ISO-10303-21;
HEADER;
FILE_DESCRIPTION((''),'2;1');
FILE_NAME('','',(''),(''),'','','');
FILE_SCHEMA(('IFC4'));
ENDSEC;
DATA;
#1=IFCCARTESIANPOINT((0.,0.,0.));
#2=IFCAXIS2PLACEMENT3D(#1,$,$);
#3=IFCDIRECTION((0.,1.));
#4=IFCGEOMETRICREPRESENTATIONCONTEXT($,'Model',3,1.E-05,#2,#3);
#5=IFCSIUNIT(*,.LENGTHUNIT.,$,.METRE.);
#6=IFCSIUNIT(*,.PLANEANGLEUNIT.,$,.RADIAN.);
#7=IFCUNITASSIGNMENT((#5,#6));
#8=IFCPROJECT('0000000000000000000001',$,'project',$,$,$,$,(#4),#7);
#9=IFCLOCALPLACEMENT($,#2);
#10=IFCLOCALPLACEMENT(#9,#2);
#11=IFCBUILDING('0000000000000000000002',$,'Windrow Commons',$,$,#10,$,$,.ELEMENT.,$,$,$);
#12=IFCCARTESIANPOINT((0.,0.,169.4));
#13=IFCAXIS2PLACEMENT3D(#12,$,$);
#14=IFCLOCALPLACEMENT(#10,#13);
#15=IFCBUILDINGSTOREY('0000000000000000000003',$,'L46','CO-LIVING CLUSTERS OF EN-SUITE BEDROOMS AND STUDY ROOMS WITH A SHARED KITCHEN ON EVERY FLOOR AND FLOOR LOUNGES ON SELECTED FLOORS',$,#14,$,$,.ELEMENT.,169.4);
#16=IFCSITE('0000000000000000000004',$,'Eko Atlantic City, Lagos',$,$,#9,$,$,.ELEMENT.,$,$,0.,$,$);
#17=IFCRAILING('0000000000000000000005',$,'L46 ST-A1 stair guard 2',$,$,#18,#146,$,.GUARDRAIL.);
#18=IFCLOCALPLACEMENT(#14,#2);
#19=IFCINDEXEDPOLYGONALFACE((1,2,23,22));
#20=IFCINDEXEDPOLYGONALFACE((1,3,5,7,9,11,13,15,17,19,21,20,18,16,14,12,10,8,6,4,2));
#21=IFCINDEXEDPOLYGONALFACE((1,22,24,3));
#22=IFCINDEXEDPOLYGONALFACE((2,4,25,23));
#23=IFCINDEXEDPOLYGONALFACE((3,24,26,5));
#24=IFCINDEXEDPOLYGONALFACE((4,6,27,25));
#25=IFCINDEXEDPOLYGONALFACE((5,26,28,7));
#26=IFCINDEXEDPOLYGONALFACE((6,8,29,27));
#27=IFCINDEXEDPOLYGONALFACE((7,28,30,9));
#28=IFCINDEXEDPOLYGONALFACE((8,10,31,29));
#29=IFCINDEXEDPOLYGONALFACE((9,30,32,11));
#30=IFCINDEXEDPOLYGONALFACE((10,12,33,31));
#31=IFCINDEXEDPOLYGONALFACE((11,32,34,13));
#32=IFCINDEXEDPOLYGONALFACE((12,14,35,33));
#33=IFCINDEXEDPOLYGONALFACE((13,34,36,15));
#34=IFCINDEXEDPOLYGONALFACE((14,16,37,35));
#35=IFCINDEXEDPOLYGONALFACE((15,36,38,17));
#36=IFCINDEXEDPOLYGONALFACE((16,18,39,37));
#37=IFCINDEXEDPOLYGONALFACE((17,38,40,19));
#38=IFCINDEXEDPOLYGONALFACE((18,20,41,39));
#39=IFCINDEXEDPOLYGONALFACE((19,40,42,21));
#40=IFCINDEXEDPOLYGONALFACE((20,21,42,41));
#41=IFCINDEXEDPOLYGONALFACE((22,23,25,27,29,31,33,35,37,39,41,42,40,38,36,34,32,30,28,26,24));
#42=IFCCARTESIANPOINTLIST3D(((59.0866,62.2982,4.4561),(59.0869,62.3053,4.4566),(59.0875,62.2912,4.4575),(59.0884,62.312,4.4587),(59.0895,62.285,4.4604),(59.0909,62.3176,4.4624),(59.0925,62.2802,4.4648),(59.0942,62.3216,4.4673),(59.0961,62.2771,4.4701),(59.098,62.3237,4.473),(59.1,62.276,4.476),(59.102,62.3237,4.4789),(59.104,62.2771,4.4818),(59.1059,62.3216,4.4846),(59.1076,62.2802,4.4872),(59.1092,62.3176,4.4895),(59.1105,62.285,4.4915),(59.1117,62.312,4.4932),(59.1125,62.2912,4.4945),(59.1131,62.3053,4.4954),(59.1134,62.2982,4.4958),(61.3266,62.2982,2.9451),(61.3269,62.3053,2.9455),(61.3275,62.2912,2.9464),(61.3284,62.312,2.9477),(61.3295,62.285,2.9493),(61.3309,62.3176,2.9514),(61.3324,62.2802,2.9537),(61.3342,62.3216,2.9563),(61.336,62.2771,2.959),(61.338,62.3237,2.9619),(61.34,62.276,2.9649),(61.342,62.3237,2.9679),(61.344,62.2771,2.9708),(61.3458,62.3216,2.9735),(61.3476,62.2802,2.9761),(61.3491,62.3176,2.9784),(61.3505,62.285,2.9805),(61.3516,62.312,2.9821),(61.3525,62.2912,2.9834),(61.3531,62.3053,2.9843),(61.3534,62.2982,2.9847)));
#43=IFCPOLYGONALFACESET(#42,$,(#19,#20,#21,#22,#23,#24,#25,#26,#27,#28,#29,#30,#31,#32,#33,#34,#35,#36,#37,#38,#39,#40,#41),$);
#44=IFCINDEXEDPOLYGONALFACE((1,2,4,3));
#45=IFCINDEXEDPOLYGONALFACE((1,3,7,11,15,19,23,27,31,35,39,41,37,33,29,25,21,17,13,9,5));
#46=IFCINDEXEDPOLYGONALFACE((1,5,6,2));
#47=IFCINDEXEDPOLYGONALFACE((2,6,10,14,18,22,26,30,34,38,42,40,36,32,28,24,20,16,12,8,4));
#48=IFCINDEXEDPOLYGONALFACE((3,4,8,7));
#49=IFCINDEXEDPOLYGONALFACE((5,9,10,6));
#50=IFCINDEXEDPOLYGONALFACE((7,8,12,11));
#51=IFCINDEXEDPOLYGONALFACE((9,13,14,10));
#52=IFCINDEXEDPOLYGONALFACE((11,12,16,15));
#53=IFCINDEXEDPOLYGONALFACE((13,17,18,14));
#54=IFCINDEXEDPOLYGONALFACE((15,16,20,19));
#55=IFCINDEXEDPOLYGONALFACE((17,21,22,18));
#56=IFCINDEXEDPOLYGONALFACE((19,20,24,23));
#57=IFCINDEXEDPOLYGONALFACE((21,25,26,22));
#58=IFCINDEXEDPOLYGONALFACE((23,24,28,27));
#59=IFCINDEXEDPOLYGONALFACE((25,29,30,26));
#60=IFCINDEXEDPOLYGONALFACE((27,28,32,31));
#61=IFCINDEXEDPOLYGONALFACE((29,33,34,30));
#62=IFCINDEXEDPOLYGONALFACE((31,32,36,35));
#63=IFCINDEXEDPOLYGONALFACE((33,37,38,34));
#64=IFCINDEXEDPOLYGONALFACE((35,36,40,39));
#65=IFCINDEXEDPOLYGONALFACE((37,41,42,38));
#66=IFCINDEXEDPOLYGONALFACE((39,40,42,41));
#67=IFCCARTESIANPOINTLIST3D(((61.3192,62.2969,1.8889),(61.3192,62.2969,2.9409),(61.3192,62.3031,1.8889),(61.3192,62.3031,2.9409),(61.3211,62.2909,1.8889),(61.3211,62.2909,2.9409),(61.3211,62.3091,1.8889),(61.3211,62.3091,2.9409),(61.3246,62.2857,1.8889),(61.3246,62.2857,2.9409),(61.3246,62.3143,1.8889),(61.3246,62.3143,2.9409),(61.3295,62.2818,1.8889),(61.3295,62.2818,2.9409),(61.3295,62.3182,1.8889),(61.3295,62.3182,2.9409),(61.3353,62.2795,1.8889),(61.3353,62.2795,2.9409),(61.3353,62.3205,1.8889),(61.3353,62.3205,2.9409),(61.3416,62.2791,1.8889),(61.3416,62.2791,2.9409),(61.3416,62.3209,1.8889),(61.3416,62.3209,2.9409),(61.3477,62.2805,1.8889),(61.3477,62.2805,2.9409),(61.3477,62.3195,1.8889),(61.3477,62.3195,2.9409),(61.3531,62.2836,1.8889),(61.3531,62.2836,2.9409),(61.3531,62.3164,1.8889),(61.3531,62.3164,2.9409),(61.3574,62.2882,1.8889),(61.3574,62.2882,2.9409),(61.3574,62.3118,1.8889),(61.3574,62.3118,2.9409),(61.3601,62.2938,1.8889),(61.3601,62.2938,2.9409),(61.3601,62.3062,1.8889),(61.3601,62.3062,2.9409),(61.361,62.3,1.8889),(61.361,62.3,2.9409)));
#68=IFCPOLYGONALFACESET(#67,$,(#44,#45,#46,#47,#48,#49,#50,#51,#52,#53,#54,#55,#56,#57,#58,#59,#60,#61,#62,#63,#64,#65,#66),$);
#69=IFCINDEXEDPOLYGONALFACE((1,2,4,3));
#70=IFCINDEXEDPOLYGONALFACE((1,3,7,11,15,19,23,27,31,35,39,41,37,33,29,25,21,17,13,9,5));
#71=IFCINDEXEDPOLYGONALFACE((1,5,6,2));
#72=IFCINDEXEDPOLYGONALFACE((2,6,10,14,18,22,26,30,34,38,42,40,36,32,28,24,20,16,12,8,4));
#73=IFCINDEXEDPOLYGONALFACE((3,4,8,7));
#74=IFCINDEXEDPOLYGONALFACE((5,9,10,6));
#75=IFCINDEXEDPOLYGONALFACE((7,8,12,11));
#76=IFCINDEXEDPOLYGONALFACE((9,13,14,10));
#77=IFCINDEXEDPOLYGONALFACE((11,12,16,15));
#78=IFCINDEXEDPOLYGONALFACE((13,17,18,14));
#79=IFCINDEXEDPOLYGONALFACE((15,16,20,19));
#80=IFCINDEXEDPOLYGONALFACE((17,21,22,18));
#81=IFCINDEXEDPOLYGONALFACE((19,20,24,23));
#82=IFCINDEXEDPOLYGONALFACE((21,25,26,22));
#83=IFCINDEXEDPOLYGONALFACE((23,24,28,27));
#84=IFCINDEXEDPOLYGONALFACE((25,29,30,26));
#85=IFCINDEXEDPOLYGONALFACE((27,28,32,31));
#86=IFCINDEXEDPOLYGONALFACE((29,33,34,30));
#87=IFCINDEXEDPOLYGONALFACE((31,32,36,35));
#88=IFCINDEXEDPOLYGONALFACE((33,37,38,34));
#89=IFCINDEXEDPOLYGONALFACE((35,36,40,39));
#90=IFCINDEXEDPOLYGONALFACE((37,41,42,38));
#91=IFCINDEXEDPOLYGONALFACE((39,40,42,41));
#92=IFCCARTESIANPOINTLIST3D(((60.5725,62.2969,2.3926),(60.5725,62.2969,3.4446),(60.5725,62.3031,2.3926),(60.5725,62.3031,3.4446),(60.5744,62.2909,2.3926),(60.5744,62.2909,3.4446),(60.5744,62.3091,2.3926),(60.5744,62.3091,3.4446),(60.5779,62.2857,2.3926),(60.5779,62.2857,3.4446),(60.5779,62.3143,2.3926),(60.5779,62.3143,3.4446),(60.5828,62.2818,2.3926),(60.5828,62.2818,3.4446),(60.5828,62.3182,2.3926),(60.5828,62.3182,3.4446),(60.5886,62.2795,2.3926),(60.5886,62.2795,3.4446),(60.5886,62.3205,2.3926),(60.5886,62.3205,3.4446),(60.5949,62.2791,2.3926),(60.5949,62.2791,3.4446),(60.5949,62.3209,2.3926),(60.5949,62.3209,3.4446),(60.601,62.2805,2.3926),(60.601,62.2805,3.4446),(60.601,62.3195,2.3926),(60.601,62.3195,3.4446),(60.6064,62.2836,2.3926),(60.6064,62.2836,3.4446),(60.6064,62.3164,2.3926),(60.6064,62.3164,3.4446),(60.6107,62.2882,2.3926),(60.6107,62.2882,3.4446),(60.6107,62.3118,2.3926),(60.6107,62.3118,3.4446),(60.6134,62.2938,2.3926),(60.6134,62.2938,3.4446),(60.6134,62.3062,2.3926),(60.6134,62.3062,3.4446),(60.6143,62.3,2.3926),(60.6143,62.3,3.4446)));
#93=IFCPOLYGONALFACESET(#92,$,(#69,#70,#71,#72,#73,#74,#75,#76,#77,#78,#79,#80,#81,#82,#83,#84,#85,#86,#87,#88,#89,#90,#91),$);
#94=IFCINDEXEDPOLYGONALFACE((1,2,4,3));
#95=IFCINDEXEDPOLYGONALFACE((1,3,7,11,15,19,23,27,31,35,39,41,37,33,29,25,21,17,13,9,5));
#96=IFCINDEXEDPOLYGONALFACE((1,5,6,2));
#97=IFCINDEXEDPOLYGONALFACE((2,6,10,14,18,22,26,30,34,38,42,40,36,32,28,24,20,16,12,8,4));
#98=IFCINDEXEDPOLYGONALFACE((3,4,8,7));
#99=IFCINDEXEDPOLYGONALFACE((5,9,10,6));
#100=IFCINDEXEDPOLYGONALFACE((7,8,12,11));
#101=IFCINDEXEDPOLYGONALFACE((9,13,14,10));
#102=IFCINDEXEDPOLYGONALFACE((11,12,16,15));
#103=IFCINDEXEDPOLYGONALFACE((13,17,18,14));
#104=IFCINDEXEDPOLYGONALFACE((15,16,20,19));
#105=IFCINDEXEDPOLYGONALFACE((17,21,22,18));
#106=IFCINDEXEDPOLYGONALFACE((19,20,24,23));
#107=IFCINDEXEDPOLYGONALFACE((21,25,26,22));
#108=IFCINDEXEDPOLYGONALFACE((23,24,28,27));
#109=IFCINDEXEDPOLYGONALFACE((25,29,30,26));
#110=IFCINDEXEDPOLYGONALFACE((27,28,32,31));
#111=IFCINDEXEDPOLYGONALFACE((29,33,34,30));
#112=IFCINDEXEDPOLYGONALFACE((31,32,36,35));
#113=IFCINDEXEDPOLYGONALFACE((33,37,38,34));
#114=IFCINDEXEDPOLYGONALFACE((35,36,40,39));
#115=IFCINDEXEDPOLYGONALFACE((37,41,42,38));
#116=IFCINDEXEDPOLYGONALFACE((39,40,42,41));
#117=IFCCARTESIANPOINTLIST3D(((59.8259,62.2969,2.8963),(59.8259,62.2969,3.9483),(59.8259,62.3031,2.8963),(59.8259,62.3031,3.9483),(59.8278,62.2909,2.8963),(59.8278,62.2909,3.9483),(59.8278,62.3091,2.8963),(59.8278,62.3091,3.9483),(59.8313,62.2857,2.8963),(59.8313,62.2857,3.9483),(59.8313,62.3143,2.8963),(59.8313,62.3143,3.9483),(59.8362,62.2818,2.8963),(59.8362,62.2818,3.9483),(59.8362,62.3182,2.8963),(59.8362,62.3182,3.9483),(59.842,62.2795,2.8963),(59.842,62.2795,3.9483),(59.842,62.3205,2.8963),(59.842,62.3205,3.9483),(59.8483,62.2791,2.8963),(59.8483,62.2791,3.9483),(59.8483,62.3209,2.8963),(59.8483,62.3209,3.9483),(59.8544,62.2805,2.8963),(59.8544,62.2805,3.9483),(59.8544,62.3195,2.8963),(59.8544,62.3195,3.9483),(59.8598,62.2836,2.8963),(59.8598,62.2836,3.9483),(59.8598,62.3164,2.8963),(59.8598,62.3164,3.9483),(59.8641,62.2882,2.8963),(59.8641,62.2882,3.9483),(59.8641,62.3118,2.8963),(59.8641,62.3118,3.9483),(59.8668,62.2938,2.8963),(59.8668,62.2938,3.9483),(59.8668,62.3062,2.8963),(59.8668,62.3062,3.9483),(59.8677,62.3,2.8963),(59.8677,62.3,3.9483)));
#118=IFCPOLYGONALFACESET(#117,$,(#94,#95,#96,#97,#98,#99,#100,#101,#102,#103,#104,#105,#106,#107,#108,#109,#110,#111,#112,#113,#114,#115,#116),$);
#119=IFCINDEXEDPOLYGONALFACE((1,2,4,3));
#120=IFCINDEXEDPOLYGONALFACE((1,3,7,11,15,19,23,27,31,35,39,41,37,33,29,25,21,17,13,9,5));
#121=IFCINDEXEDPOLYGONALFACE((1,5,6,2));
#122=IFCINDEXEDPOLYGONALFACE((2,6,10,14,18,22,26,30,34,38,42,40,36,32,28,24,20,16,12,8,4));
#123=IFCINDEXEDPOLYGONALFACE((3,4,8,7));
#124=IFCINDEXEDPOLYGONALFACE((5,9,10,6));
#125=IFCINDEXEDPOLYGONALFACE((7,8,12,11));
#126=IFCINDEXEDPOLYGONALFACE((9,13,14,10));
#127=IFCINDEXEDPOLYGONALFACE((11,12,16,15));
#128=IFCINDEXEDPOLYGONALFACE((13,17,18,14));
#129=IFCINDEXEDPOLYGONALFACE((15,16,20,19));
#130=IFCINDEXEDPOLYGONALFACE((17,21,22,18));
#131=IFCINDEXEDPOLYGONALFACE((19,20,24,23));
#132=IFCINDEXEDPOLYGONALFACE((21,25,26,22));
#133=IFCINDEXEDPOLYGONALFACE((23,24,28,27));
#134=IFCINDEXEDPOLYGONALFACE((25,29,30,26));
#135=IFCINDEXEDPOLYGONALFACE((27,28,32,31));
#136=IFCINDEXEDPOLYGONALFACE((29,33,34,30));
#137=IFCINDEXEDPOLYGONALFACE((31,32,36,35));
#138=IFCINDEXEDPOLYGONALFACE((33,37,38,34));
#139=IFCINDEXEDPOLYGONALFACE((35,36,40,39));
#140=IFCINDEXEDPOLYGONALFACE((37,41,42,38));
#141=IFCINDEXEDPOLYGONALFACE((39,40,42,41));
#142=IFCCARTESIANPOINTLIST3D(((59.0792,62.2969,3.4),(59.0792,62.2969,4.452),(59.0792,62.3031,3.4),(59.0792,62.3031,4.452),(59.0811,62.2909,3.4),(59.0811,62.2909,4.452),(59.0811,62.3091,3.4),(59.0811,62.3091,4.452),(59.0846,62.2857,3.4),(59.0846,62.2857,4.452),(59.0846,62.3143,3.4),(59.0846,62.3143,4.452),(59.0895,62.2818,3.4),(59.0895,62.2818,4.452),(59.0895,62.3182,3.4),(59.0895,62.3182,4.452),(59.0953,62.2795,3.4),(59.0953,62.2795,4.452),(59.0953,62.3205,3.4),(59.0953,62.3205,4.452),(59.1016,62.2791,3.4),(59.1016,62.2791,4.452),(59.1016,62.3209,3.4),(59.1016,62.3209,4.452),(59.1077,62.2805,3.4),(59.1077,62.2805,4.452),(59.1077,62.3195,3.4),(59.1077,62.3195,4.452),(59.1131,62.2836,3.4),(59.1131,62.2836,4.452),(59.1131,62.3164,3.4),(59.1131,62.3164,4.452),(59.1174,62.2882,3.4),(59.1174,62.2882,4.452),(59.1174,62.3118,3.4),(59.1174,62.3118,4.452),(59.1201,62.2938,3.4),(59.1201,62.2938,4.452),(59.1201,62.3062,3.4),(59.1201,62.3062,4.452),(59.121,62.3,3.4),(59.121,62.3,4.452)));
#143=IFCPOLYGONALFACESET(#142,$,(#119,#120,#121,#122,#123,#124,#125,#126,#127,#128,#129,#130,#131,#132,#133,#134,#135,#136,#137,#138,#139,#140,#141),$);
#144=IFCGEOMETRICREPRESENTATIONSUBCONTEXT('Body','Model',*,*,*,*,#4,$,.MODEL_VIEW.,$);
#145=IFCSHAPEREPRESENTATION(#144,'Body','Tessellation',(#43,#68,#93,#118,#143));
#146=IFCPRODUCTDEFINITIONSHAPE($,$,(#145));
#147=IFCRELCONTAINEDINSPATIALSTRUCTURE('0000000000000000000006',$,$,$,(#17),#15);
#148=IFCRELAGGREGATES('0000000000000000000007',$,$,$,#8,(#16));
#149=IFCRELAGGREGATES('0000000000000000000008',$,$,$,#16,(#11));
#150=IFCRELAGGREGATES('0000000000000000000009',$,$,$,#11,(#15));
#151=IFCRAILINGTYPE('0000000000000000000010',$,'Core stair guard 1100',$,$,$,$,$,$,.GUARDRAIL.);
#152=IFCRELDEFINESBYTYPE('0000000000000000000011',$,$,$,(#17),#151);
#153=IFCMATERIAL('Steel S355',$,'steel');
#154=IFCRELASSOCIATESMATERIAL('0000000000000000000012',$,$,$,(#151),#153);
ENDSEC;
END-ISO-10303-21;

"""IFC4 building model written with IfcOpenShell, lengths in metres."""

from ifc_helpers import new_model, si_unit, direction, frame, origin, origin_2d, place, context, subcontext, project, spatial, circle, extrude, material, type_object, element, save


model = new_model("IFC4")

# Units and contexts
model_context = context("Model", 3, precision=1e-05, world=origin(), true_north=direction((0.0, 1.0)))
body_context = subcontext(model_context, "Body", "Model", "MODEL_VIEW")
ifc_project = project(units=[si_unit("LENGTHUNIT", "METRE"), si_unit("PLANEANGLEUNIT", "RADIAN")], contexts=[model_context])

# Site, building, storey
site_placement = place(None, origin())
site = spatial("IfcSite", under=ifc_project, at=site_placement, Name="Eko Atlantic City, Lagos", CompositionType="ELEMENT", RefElevation=0.0)
building_placement = place(site_placement, origin())
building = spatial("IfcBuilding", under=site, at=building_placement, Name="Windrow Commons", CompositionType="ELEMENT")
storey_placement = place(building_placement, frame((0.0, 0.0, 169.4)))
storey = spatial("IfcBuildingStorey", under=building, at=storey_placement, Name="L46", Description="CO-LIVING CLUSTERS OF EN-SUITE BEDROOMS AND STUDY ROOMS WITH A SHARED KITCHEN ON EVERY FLOOR AND FLOOR LOUNGES ON SELECTED FLOORS", CompositionType="ELEMENT", Elevation=169.4)

# Railing
ifc_material_1 = material(Name="Steel S355", Category="steel")
railing_type_1 = type_object("IfcRailingType", Name="Core stair guard 1100", PredefinedType="GUARDRAIL", material=ifc_material_1)
railing_1_placement = place(storey_placement, frame((61.34, 62.3, 1.8889)))
element("IfcRailing", 1, at=railing_1_placement, inside=storey, type_object=railing_type_1, Name="L46 ST-A1 stair guard 2", PredefinedType="GUARDRAIL", context=body_context, shape_type="SweptSolid", body=[
    extrude(circle(Radius=0.024, at=origin_2d()), frame((0.0, 0.0, 1.076), z_axis=(-0.829003, 0.0, 0.559244), x_axis=(0.0, -1.0, 0.0)), (0.0, 0.0, 1.0), 2.702),
    extrude(circle(Radius=0.021, at=origin_2d()), origin(), (0.0, 0.0, 1.0), 1.052),
    extrude(circle(Radius=0.021, at=origin_2d()), frame((-0.7467, 0.0, 0.5037)), (0.0, 0.0, 1.0), 1.052),
    extrude(circle(Radius=0.021, at=origin_2d()), frame((-1.4933, 0.0, 1.0074)), (0.0, 0.0, 1.0), 1.052),
    extrude(circle(Radius=0.021, at=origin_2d()), frame((-2.24, 0.0, 1.5111)), (0.0, 0.0, 1.0), 1.052),
])

save(model, "model.ifc")
